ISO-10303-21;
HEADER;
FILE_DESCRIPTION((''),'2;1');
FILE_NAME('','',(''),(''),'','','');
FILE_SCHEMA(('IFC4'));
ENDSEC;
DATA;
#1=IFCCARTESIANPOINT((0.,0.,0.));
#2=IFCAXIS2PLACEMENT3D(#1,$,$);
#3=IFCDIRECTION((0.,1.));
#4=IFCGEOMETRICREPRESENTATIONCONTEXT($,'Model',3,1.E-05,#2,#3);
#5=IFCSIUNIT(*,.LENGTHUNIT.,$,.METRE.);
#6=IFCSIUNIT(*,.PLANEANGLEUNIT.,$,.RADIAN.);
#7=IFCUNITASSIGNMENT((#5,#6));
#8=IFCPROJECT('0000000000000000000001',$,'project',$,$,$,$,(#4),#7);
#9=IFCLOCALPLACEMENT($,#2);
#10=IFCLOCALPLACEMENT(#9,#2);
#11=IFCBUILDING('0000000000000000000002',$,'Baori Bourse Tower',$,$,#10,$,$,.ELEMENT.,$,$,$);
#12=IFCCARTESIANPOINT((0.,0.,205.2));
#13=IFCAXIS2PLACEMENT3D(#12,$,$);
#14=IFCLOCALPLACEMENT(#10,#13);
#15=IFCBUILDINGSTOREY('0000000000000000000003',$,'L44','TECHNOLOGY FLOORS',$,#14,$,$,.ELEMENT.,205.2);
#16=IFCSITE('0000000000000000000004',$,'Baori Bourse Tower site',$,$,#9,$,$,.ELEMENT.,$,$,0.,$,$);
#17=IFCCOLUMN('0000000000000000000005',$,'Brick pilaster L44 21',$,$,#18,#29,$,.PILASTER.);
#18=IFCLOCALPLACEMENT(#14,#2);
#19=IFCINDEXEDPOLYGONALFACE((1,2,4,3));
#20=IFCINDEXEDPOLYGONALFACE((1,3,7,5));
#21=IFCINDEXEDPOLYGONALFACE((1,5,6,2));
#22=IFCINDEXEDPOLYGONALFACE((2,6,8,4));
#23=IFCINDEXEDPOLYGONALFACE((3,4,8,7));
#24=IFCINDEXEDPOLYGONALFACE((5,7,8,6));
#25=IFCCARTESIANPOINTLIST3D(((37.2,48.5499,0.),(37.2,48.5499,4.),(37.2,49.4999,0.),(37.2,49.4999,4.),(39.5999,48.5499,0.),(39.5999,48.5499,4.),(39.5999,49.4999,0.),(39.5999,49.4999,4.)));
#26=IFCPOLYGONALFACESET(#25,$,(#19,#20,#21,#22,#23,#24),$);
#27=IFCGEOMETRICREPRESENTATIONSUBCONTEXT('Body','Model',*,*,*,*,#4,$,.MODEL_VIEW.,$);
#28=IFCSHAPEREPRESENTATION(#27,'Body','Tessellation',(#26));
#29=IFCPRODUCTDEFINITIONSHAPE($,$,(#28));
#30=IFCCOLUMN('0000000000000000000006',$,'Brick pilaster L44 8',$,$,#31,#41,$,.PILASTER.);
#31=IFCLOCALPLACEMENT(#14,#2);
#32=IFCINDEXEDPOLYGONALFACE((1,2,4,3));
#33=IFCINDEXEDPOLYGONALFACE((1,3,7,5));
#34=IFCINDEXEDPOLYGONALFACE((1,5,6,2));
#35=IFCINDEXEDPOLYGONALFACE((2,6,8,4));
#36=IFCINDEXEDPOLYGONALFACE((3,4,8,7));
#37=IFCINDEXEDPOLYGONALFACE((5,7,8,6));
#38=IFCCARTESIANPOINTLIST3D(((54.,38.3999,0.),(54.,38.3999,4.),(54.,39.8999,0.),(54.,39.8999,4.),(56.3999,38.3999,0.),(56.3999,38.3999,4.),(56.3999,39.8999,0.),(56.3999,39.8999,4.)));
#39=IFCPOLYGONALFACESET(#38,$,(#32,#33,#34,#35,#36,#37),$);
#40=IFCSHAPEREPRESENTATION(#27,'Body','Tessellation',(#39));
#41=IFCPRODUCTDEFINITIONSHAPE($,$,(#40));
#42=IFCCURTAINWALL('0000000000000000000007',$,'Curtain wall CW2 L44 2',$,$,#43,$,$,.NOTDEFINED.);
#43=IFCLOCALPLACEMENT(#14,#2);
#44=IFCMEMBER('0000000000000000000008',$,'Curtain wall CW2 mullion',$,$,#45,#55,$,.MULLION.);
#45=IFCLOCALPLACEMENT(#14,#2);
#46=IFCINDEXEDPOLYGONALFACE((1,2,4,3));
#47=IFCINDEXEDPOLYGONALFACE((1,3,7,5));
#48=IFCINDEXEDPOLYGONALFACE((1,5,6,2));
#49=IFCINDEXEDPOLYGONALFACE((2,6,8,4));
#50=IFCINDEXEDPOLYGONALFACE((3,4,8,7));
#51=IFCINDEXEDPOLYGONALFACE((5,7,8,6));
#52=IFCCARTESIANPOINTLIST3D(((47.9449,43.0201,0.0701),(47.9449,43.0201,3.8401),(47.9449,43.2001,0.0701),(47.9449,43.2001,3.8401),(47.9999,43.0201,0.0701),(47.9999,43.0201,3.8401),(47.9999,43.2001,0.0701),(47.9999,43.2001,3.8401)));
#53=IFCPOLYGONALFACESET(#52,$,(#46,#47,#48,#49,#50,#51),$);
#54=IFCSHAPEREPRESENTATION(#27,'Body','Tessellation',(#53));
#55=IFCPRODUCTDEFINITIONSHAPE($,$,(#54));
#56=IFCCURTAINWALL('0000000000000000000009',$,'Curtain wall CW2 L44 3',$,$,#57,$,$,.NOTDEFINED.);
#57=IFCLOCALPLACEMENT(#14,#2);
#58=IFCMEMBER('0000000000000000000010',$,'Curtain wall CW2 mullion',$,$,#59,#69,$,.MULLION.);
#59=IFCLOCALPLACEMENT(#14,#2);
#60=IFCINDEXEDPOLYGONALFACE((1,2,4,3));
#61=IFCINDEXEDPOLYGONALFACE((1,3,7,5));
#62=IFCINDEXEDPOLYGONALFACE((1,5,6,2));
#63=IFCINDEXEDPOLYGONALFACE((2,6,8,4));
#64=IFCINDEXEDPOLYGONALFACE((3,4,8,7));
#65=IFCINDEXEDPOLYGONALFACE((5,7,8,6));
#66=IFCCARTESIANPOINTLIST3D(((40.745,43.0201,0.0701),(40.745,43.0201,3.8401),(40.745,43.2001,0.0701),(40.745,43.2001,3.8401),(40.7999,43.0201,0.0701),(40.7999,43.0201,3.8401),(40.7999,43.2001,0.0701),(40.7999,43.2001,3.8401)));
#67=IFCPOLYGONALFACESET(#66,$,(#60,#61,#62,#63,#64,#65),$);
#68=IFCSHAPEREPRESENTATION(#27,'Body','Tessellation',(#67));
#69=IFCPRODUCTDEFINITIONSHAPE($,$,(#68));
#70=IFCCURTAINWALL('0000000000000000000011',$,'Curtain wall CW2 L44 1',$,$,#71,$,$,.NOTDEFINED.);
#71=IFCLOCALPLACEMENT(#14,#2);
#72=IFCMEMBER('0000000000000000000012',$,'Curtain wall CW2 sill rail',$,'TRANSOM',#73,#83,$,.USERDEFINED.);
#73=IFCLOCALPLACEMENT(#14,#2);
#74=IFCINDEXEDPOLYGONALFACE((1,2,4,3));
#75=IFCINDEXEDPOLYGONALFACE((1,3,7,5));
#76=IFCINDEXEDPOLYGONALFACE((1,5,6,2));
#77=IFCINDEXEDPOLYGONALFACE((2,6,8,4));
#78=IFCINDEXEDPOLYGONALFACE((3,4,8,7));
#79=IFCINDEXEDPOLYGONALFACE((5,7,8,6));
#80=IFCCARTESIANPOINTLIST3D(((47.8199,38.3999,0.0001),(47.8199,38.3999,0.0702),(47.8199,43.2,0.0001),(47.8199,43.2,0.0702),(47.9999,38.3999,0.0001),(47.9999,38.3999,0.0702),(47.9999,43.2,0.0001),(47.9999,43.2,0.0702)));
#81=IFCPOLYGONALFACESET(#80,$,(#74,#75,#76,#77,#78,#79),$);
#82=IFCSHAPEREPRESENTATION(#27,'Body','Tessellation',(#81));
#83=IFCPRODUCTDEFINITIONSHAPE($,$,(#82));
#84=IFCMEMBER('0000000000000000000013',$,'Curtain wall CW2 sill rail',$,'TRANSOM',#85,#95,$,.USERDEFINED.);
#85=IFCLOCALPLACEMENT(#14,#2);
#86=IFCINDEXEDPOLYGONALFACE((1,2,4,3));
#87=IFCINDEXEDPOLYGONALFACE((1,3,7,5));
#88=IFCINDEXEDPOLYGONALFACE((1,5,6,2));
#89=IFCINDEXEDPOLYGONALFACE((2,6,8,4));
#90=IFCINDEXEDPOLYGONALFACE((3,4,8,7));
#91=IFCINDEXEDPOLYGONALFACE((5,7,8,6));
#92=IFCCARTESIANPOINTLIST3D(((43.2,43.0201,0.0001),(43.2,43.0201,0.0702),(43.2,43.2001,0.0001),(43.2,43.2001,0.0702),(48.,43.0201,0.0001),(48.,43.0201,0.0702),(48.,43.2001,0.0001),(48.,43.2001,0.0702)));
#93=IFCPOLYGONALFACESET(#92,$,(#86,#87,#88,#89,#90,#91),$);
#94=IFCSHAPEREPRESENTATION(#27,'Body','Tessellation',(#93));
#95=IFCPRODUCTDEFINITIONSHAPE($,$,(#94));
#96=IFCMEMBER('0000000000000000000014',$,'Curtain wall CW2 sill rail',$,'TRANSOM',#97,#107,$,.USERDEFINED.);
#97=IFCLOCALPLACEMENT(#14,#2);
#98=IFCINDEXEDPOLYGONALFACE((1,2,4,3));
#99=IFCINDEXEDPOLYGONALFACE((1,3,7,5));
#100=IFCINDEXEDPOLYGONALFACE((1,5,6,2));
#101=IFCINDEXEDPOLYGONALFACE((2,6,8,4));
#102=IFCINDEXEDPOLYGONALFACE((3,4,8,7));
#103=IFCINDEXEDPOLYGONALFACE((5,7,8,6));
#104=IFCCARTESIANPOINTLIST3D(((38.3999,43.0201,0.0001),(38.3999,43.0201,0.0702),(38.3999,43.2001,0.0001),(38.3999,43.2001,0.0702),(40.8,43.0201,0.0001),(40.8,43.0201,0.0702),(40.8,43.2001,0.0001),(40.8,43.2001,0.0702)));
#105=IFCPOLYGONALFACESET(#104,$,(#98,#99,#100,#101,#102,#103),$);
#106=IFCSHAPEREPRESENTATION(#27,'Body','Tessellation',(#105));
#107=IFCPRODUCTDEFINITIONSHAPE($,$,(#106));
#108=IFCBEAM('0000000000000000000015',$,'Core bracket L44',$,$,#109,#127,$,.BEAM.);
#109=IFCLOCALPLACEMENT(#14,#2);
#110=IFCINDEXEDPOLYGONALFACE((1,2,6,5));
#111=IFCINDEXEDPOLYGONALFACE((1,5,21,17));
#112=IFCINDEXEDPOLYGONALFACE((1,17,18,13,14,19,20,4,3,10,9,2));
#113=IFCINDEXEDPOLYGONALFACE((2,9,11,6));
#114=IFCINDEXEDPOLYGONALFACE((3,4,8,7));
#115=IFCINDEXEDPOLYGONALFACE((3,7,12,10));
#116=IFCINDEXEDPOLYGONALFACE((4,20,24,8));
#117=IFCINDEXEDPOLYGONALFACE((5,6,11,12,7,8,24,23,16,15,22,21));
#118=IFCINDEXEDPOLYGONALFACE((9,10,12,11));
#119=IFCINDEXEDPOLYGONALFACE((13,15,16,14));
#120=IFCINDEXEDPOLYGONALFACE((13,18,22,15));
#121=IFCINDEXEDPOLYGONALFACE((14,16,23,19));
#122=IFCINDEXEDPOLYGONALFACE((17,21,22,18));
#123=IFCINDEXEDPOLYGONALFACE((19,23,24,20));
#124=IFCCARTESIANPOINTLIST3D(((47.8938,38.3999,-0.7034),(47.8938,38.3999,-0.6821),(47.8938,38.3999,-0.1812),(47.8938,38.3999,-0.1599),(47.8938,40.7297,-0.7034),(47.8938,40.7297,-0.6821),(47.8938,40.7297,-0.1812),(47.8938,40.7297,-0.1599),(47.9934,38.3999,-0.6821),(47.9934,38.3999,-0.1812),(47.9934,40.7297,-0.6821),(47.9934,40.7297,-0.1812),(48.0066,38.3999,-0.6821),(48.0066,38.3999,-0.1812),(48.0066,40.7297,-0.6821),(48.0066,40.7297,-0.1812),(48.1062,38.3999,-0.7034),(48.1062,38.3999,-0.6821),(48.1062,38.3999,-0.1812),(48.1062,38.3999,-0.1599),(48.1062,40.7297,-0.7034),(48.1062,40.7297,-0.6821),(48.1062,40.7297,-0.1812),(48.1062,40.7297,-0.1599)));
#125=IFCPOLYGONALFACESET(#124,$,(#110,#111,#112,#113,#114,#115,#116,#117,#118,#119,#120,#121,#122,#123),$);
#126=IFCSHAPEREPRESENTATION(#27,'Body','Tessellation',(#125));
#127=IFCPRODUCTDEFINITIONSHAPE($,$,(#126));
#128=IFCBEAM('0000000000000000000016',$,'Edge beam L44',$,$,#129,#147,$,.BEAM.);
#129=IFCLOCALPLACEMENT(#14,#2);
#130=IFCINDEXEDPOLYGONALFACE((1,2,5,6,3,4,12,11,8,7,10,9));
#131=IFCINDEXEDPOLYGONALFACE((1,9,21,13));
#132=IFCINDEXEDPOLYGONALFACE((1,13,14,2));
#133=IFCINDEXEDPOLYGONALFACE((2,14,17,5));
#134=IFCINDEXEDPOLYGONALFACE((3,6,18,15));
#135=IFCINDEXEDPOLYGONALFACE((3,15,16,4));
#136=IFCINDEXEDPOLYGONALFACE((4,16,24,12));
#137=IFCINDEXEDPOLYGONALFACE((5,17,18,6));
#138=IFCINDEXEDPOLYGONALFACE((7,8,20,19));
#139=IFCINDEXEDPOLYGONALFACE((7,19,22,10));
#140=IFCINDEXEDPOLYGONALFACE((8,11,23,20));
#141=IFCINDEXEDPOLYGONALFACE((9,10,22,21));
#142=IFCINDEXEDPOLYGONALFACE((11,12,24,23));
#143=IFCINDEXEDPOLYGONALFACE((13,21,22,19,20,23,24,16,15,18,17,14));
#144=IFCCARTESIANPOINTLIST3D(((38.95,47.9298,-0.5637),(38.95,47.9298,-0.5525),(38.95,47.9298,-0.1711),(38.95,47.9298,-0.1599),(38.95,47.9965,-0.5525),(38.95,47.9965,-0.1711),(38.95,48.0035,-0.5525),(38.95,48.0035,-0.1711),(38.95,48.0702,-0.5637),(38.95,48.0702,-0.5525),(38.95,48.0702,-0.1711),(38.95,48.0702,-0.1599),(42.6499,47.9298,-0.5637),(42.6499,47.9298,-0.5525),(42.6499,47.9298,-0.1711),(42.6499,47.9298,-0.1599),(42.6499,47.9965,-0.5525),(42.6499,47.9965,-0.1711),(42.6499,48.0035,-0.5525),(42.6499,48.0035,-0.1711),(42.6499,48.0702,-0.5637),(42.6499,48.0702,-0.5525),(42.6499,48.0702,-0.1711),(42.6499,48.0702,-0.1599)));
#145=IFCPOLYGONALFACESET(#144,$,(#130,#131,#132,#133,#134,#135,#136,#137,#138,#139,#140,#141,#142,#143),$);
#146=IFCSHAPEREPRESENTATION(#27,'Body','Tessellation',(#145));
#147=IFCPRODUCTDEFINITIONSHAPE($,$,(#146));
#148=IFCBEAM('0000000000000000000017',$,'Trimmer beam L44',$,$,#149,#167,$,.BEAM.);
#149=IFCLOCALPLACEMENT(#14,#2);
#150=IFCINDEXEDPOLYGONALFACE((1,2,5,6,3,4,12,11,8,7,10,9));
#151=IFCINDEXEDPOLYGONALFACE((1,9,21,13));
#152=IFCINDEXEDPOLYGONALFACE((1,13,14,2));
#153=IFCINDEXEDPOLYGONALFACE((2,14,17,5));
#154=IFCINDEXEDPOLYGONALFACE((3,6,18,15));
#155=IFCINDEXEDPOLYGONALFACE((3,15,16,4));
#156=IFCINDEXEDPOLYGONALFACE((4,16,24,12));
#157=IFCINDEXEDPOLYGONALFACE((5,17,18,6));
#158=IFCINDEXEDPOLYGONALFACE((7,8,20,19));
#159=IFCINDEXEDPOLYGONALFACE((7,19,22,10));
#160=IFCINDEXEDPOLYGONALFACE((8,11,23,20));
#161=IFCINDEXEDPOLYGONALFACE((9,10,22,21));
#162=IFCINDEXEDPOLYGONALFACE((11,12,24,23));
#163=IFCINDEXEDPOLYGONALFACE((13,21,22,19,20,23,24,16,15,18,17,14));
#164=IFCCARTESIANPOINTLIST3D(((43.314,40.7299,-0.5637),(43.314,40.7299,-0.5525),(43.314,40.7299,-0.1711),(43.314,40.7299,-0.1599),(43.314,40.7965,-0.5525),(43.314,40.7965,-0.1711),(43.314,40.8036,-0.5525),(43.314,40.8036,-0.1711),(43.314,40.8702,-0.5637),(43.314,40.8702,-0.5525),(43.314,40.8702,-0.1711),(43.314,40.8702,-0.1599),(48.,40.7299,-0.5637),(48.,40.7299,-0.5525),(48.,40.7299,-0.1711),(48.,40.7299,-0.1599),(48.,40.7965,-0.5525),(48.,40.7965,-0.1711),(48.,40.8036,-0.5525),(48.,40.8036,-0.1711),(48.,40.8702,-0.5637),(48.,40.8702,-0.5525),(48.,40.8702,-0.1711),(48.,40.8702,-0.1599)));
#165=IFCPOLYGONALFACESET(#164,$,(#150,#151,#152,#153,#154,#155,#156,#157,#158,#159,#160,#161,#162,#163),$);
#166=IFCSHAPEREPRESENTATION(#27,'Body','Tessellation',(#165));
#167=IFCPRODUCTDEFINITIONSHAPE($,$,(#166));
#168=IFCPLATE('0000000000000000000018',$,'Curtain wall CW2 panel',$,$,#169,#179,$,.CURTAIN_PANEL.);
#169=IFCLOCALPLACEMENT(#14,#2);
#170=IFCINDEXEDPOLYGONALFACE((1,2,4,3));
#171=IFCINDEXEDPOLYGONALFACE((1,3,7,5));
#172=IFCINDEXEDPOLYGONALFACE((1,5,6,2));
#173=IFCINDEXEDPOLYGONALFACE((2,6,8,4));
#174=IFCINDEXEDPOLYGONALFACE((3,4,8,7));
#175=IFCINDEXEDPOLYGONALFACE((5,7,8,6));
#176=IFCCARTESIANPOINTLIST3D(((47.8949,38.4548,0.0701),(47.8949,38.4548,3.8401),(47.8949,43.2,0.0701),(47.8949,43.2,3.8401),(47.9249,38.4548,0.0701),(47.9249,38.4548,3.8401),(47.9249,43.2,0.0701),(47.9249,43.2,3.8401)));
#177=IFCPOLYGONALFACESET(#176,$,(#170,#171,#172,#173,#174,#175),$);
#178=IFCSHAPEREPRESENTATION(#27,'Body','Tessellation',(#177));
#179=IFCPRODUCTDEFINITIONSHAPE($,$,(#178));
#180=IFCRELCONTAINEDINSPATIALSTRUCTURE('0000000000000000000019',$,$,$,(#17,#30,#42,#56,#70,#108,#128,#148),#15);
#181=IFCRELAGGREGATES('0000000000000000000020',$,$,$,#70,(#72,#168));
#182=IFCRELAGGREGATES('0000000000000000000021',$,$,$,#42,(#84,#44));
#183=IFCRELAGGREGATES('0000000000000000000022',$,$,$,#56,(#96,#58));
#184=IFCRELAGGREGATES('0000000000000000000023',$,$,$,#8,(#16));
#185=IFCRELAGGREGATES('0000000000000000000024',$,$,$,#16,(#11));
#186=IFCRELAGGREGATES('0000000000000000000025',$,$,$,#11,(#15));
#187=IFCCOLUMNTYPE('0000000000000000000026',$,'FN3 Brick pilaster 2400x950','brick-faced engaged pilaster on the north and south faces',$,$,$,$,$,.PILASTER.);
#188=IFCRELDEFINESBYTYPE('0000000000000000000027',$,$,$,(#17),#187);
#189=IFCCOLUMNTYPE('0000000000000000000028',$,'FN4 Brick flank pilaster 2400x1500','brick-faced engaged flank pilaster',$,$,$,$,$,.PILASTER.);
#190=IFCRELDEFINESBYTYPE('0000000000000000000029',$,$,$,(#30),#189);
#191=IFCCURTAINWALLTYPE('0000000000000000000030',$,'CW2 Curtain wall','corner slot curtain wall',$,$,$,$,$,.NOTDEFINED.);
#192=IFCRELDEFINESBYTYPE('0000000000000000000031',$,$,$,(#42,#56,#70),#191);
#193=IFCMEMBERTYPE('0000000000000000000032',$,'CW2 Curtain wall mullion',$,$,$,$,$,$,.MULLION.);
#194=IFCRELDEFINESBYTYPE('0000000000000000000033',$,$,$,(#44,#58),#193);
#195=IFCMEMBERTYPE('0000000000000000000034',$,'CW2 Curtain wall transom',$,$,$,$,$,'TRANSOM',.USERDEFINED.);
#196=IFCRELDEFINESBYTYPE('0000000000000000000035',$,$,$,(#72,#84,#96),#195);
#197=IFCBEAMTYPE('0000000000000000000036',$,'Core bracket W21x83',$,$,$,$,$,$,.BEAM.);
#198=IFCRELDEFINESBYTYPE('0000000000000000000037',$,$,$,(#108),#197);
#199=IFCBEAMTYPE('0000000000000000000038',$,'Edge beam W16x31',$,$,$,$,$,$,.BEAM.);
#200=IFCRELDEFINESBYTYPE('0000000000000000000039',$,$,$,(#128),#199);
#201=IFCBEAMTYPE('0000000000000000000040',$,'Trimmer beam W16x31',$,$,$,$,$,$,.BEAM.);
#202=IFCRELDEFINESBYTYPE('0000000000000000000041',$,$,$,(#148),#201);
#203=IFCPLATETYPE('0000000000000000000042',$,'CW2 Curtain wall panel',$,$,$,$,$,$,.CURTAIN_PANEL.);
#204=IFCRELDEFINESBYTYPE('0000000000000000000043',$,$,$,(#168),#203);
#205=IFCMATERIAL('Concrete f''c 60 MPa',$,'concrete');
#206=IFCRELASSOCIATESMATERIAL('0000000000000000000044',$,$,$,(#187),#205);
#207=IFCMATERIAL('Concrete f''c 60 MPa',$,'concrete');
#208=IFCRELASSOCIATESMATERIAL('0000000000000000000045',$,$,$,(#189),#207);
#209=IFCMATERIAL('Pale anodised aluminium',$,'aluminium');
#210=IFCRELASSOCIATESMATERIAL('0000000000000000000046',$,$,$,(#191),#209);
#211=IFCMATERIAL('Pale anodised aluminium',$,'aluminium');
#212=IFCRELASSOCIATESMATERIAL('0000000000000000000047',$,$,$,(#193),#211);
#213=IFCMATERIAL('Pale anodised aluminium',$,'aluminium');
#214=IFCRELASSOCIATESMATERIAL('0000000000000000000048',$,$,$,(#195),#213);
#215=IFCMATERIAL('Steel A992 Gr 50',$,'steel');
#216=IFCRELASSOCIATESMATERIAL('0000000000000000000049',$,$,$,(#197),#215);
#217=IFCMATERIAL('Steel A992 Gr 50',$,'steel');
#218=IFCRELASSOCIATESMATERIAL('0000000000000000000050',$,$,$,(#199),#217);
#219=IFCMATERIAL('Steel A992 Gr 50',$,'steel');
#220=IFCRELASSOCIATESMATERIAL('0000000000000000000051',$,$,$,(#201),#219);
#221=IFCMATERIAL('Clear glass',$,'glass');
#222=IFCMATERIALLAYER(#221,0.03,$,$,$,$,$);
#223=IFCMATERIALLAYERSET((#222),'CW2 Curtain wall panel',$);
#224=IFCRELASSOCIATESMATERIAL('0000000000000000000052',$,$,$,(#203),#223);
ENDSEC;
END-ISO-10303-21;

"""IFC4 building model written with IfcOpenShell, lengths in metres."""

from ifc_helpers import new_model, si_unit, direction, frame, origin, origin_2d, place, context, subcontext, project, spatial, rectangle, i_section, extrude, material, layer, layer_set, material_profile, profile_set, type_object, element, aggregate, save


model = new_model("IFC4")

# Units and contexts
model_context = context("Model", 3, precision=1e-05, world=origin(), true_north=direction((0.0, 1.0)))
body_context = subcontext(model_context, "Body", "Model", "MODEL_VIEW")
ifc_project = project(units=[si_unit("LENGTHUNIT", "METRE"), si_unit("PLANEANGLEUNIT", "RADIAN")], contexts=[model_context])

# Site, building, storey
site_placement = place(None, origin())
site = spatial("IfcSite", under=ifc_project, at=site_placement, Name="Baori Bourse Tower site", CompositionType="ELEMENT", RefElevation=0.0)
building_placement = place(site_placement, origin())
building = spatial("IfcBuilding", under=site, at=building_placement, Name="Baori Bourse Tower", CompositionType="ELEMENT")
storey_placement = place(building_placement, frame((0.0, 0.0, 205.2)))
storey = spatial("IfcBuildingStorey", under=building, at=storey_placement, Name="L44", Description="TECHNOLOGY FLOORS", CompositionType="ELEMENT", Elevation=205.2)

# Columns
ifc_material_1 = material(Name="Concrete f'c 60 MPa", Category="concrete")
ifc_material_profile_1 = material_profile(ifc_material_1, rectangle(XDim=2.3999, YDim=0.95, at=origin_2d()), Name="RC 2400x950")
ifc_profile_set_1 = profile_set([ifc_material_profile_1], Name="Concrete f'c 60 MPa")
column_type_1 = type_object("IfcColumnType", Name="FN3 Brick pilaster 2400x950", Description="brick-faced engaged pilaster on the north and south faces", PredefinedType="PILASTER", material=ifc_profile_set_1)
column_1_placement = place(storey_placement, frame((38.3999, 49.0249, 0.0), z_axis=(0.0, 0.0, 1.0), x_axis=(1.0, 0.0, 0.0)))
element("IfcColumn", 1, at=column_1_placement, inside=storey, type_object=column_type_1, Name="Brick pilaster L44 21", PredefinedType="PILASTER", context=body_context, shape_type="SweptSolid", body=[
    extrude(rectangle(XDim=2.3999, YDim=0.95, at=origin_2d()), origin(), (0.0, 0.0, 1.0), 4.0),
])
ifc_material_2 = material(Name="Concrete f'c 60 MPa", Category="concrete")
ifc_material_profile_2 = material_profile(ifc_material_2, rectangle(XDim=2.3999, YDim=1.5, at=origin_2d()), Name="RC 2400x1500")
ifc_profile_set_2 = profile_set([ifc_material_profile_2], Name="Concrete f'c 60 MPa")
column_type_2 = type_object("IfcColumnType", Name="FN4 Brick flank pilaster 2400x1500", Description="brick-faced engaged flank pilaster", PredefinedType="PILASTER", material=ifc_profile_set_2)
column_2_placement = place(storey_placement, frame((55.2, 39.1499, 0.0), z_axis=(0.0, 0.0, 1.0), x_axis=(1.0, 0.0, 0.0)))
element("IfcColumn", 2, at=column_2_placement, inside=storey, type_object=column_type_2, Name="Brick pilaster L44 8", PredefinedType="PILASTER", context=body_context, shape_type="SweptSolid", body=[
    extrude(rectangle(XDim=2.3999, YDim=1.5, at=origin_2d()), origin(), (0.0, 0.0, 1.0), 4.0),
])

# Curtain walls, members
ifc_material_3 = material(Name="Pale anodised aluminium", Category="aluminium")
curtain_wall_type = type_object("IfcCurtainWallType", Name="CW2 Curtain wall", Description="corner slot curtain wall", PredefinedType="NOTDEFINED", material=ifc_material_3)
curtain_wall_1_placement = place(storey_placement, origin())
curtain_wall_1 = element("IfcCurtainWall", 3, at=curtain_wall_1_placement, inside=storey, type_object=curtain_wall_type, Name="Curtain wall CW2 L44 2", PredefinedType="NOTDEFINED")
ifc_material_4 = material(Name="Pale anodised aluminium", Category="aluminium")
ifc_material_profile_3 = material_profile(ifc_material_4, rectangle(XDim=0.1799, YDim=0.0549, at=origin_2d()), Name="Mullion 55x180")
ifc_profile_set_3 = profile_set([ifc_material_profile_3], Name="Pale anodised aluminium")
member_type_1 = type_object("IfcMemberType", Name="CW2 Curtain wall mullion", PredefinedType="MULLION", material=ifc_profile_set_3)
member_1_placement = place(storey_placement, frame((47.9724, 43.1101, 0.0701), z_axis=(0.0, 0.0, 1.0), x_axis=(0.0, -1.0, 0.0)))
member_1 = element("IfcMember", 4, at=member_1_placement, type_object=member_type_1, Name="Curtain wall CW2 mullion", PredefinedType="MULLION", context=body_context, shape_type="SweptSolid", body=[
    extrude(rectangle(XDim=0.1799, YDim=0.0549, at=origin_2d()), origin(), (0.0, 0.0, 1.0), 3.77),
])
curtain_wall_2_placement = place(storey_placement, origin())
curtain_wall_2 = element("IfcCurtainWall", 5, at=curtain_wall_2_placement, inside=storey, type_object=curtain_wall_type, Name="Curtain wall CW2 L44 3", PredefinedType="NOTDEFINED")
member_2_placement = place(storey_placement, frame((40.7725, 43.1101, 0.0701), z_axis=(0.0, 0.0, 1.0), x_axis=(0.0, -1.0, 0.0)))
member_2 = element("IfcMember", 6, at=member_2_placement, type_object=member_type_1, Name="Curtain wall CW2 mullion", PredefinedType="MULLION", context=body_context, shape_type="SweptSolid", body=[
    extrude(rectangle(XDim=0.1799, YDim=0.0549, at=origin_2d()), origin(), (0.0, 0.0, 1.0), 3.77),
])
curtain_wall_3_placement = place(storey_placement, origin())
curtain_wall_3 = element("IfcCurtainWall", 7, at=curtain_wall_3_placement, inside=storey, type_object=curtain_wall_type, Name="Curtain wall CW2 L44 1", PredefinedType="NOTDEFINED")
ifc_material_5 = material(Name="Pale anodised aluminium", Category="aluminium")
ifc_material_profile_4 = material_profile(ifc_material_5, rectangle(XDim=0.1799, YDim=0.0701, at=origin_2d()), Name="Transom 70x180")
ifc_profile_set_4 = profile_set([ifc_material_profile_4], Name="Pale anodised aluminium")
member_type_2 = type_object("IfcMemberType", Name="CW2 Curtain wall transom", ElementType="TRANSOM", PredefinedType="USERDEFINED", material=ifc_profile_set_4)
member_3_placement = place(storey_placement, frame((47.9099, 38.3999, 0.0352), z_axis=(0.0, 1.0, 0.0), x_axis=(-1.0, 0.0, 0.0)))
member_3 = element("IfcMember", 8, at=member_3_placement, type_object=member_type_2, Name="Curtain wall CW2 sill rail", ObjectType="TRANSOM", PredefinedType="USERDEFINED", context=body_context, shape_type="SweptSolid", body=[
    extrude(rectangle(XDim=0.1799, YDim=0.0701, at=origin_2d()), origin(), (0.0, 0.0, 1.0), 4.8),
])

# Members
member_4_placement = place(storey_placement, frame((48.0, 43.1101, 0.0352), z_axis=(-1.0, 0.0, 0.0), x_axis=(0.0, -1.0, 0.0)))
member_4 = element("IfcMember", 9, at=member_4_placement, type_object=member_type_2, Name="Curtain wall CW2 sill rail", ObjectType="TRANSOM", PredefinedType="USERDEFINED", context=body_context, shape_type="SweptSolid", body=[
    extrude(rectangle(XDim=0.1799, YDim=0.0701, at=origin_2d()), origin(), (0.0, 0.0, 1.0), 4.8),
])
member_5_placement = place(storey_placement, frame((40.8, 43.1101, 0.0352), z_axis=(-1.0, 0.0, 0.0), x_axis=(0.0, -1.0, 0.0)))
member_5 = element("IfcMember", 10, at=member_5_placement, type_object=member_type_2, Name="Curtain wall CW2 sill rail", ObjectType="TRANSOM", PredefinedType="USERDEFINED", context=body_context, shape_type="SweptSolid", body=[
    extrude(rectangle(XDim=0.1799, YDim=0.0701, at=origin_2d()), origin(), (0.0, 0.0, 1.0), 2.4001),
])

# Beams
ifc_material_6 = material(Name="Steel A992 Gr 50", Category="steel")
ifc_material_profile_5 = material_profile(ifc_material_6, i_section(OverallWidth=0.2124, OverallDepth=0.5435, WebThickness=0.0132, FlangeThickness=0.0212, at=origin_2d()), Name="W21x83")
ifc_profile_set_5 = profile_set([ifc_material_profile_5], Name="Steel A992 Gr 50")
beam_type_1 = type_object("IfcBeamType", Name="Core bracket W21x83", PredefinedType="BEAM", material=ifc_profile_set_5)
beam_1_placement = place(storey_placement, frame((48.0, 38.3999, -0.4316), z_axis=(0.0, 1.0, 0.0), x_axis=(-1.0, 0.0, 0.0)))
element("IfcBeam", 11, at=beam_1_placement, inside=storey, type_object=beam_type_1, Name="Core bracket L44", PredefinedType="BEAM", context=body_context, shape_type="SweptSolid", body=[
    extrude(i_section(OverallWidth=0.2124, OverallDepth=0.5435, WebThickness=0.0132, FlangeThickness=0.0212, at=origin_2d()), origin(), (0.0, 0.0, 1.0), 2.3298),
])
ifc_material_7 = material(Name="Steel A992 Gr 50", Category="steel")
ifc_material_profile_6 = material_profile(ifc_material_7, i_section(OverallWidth=0.1404, OverallDepth=0.4038, WebThickness=0.0071, FlangeThickness=0.0112, at=origin_2d()), Name="W16x31")
ifc_profile_set_6 = profile_set([ifc_material_profile_6], Name="Steel A992 Gr 50")
beam_type_2 = type_object("IfcBeamType", Name="Edge beam W16x31", PredefinedType="BEAM", material=ifc_profile_set_6)
beam_2_placement = place(storey_placement, frame((38.95, 48.0, -0.3618), z_axis=(1.0, 0.0, 0.0), x_axis=(0.0, 1.0, 0.0)))
element("IfcBeam", 12, at=beam_2_placement, inside=storey, type_object=beam_type_2, Name="Edge beam L44", PredefinedType="BEAM", context=body_context, shape_type="SweptSolid", body=[
    extrude(i_section(OverallWidth=0.1404, OverallDepth=0.4038, WebThickness=0.0071, FlangeThickness=0.0112, at=origin_2d()), origin(), (0.0, 0.0, 1.0), 3.7),
])
ifc_material_8 = material(Name="Steel A992 Gr 50", Category="steel")
ifc_material_profile_7 = material_profile(ifc_material_8, i_section(OverallWidth=0.1404, OverallDepth=0.4038, WebThickness=0.0071, FlangeThickness=0.0112, at=origin_2d()), Name="W16x31")
ifc_profile_set_7 = profile_set([ifc_material_profile_7], Name="Steel A992 Gr 50")
beam_type_3 = type_object("IfcBeamType", Name="Trimmer beam W16x31", PredefinedType="BEAM", material=ifc_profile_set_7)
beam_3_placement = place(storey_placement, frame((43.314, 40.8, -0.3618), z_axis=(1.0, 0.0, 0.0), x_axis=(0.0, 1.0, 0.0)))
element("IfcBeam", 13, at=beam_3_placement, inside=storey, type_object=beam_type_3, Name="Trimmer beam L44", PredefinedType="BEAM", context=body_context, shape_type="SweptSolid", body=[
    extrude(i_section(OverallWidth=0.1404, OverallDepth=0.4038, WebThickness=0.0071, FlangeThickness=0.0112, at=origin_2d()), origin(), (0.0, 0.0, 1.0), 4.686),
])

# Plate
ifc_material_9 = material(Name="Clear glass", Category="glass")
ifc_layer_1 = layer(ifc_material_9, 0.03)
ifc_layer_set_1 = layer_set([ifc_layer_1], Name="CW2 Curtain wall panel")
plate_type = type_object("IfcPlateType", Name="CW2 Curtain wall panel", PredefinedType="CURTAIN_PANEL", material=ifc_layer_set_1)
plate_1_placement = place(storey_placement, frame((47.9099, 40.8274, 0.0701), z_axis=(0.0, 0.0, 1.0), x_axis=(0.0, 1.0, 0.0)))
plate_1 = element("IfcPlate", 14, at=plate_1_placement, type_object=plate_type, Name="Curtain wall CW2 panel", PredefinedType="CURTAIN_PANEL", context=body_context, shape_type="SweptSolid", body=[
    extrude(rectangle(XDim=4.7451, YDim=0.03, at=origin_2d()), origin(), (0.0, 0.0, 1.0), 3.77),
])
aggregate(curtain_wall_3, [member_3, plate_1])
aggregate(curtain_wall_1, [member_4, member_1])
aggregate(curtain_wall_2, [member_5, member_2])

save(model, "model.ifc")
